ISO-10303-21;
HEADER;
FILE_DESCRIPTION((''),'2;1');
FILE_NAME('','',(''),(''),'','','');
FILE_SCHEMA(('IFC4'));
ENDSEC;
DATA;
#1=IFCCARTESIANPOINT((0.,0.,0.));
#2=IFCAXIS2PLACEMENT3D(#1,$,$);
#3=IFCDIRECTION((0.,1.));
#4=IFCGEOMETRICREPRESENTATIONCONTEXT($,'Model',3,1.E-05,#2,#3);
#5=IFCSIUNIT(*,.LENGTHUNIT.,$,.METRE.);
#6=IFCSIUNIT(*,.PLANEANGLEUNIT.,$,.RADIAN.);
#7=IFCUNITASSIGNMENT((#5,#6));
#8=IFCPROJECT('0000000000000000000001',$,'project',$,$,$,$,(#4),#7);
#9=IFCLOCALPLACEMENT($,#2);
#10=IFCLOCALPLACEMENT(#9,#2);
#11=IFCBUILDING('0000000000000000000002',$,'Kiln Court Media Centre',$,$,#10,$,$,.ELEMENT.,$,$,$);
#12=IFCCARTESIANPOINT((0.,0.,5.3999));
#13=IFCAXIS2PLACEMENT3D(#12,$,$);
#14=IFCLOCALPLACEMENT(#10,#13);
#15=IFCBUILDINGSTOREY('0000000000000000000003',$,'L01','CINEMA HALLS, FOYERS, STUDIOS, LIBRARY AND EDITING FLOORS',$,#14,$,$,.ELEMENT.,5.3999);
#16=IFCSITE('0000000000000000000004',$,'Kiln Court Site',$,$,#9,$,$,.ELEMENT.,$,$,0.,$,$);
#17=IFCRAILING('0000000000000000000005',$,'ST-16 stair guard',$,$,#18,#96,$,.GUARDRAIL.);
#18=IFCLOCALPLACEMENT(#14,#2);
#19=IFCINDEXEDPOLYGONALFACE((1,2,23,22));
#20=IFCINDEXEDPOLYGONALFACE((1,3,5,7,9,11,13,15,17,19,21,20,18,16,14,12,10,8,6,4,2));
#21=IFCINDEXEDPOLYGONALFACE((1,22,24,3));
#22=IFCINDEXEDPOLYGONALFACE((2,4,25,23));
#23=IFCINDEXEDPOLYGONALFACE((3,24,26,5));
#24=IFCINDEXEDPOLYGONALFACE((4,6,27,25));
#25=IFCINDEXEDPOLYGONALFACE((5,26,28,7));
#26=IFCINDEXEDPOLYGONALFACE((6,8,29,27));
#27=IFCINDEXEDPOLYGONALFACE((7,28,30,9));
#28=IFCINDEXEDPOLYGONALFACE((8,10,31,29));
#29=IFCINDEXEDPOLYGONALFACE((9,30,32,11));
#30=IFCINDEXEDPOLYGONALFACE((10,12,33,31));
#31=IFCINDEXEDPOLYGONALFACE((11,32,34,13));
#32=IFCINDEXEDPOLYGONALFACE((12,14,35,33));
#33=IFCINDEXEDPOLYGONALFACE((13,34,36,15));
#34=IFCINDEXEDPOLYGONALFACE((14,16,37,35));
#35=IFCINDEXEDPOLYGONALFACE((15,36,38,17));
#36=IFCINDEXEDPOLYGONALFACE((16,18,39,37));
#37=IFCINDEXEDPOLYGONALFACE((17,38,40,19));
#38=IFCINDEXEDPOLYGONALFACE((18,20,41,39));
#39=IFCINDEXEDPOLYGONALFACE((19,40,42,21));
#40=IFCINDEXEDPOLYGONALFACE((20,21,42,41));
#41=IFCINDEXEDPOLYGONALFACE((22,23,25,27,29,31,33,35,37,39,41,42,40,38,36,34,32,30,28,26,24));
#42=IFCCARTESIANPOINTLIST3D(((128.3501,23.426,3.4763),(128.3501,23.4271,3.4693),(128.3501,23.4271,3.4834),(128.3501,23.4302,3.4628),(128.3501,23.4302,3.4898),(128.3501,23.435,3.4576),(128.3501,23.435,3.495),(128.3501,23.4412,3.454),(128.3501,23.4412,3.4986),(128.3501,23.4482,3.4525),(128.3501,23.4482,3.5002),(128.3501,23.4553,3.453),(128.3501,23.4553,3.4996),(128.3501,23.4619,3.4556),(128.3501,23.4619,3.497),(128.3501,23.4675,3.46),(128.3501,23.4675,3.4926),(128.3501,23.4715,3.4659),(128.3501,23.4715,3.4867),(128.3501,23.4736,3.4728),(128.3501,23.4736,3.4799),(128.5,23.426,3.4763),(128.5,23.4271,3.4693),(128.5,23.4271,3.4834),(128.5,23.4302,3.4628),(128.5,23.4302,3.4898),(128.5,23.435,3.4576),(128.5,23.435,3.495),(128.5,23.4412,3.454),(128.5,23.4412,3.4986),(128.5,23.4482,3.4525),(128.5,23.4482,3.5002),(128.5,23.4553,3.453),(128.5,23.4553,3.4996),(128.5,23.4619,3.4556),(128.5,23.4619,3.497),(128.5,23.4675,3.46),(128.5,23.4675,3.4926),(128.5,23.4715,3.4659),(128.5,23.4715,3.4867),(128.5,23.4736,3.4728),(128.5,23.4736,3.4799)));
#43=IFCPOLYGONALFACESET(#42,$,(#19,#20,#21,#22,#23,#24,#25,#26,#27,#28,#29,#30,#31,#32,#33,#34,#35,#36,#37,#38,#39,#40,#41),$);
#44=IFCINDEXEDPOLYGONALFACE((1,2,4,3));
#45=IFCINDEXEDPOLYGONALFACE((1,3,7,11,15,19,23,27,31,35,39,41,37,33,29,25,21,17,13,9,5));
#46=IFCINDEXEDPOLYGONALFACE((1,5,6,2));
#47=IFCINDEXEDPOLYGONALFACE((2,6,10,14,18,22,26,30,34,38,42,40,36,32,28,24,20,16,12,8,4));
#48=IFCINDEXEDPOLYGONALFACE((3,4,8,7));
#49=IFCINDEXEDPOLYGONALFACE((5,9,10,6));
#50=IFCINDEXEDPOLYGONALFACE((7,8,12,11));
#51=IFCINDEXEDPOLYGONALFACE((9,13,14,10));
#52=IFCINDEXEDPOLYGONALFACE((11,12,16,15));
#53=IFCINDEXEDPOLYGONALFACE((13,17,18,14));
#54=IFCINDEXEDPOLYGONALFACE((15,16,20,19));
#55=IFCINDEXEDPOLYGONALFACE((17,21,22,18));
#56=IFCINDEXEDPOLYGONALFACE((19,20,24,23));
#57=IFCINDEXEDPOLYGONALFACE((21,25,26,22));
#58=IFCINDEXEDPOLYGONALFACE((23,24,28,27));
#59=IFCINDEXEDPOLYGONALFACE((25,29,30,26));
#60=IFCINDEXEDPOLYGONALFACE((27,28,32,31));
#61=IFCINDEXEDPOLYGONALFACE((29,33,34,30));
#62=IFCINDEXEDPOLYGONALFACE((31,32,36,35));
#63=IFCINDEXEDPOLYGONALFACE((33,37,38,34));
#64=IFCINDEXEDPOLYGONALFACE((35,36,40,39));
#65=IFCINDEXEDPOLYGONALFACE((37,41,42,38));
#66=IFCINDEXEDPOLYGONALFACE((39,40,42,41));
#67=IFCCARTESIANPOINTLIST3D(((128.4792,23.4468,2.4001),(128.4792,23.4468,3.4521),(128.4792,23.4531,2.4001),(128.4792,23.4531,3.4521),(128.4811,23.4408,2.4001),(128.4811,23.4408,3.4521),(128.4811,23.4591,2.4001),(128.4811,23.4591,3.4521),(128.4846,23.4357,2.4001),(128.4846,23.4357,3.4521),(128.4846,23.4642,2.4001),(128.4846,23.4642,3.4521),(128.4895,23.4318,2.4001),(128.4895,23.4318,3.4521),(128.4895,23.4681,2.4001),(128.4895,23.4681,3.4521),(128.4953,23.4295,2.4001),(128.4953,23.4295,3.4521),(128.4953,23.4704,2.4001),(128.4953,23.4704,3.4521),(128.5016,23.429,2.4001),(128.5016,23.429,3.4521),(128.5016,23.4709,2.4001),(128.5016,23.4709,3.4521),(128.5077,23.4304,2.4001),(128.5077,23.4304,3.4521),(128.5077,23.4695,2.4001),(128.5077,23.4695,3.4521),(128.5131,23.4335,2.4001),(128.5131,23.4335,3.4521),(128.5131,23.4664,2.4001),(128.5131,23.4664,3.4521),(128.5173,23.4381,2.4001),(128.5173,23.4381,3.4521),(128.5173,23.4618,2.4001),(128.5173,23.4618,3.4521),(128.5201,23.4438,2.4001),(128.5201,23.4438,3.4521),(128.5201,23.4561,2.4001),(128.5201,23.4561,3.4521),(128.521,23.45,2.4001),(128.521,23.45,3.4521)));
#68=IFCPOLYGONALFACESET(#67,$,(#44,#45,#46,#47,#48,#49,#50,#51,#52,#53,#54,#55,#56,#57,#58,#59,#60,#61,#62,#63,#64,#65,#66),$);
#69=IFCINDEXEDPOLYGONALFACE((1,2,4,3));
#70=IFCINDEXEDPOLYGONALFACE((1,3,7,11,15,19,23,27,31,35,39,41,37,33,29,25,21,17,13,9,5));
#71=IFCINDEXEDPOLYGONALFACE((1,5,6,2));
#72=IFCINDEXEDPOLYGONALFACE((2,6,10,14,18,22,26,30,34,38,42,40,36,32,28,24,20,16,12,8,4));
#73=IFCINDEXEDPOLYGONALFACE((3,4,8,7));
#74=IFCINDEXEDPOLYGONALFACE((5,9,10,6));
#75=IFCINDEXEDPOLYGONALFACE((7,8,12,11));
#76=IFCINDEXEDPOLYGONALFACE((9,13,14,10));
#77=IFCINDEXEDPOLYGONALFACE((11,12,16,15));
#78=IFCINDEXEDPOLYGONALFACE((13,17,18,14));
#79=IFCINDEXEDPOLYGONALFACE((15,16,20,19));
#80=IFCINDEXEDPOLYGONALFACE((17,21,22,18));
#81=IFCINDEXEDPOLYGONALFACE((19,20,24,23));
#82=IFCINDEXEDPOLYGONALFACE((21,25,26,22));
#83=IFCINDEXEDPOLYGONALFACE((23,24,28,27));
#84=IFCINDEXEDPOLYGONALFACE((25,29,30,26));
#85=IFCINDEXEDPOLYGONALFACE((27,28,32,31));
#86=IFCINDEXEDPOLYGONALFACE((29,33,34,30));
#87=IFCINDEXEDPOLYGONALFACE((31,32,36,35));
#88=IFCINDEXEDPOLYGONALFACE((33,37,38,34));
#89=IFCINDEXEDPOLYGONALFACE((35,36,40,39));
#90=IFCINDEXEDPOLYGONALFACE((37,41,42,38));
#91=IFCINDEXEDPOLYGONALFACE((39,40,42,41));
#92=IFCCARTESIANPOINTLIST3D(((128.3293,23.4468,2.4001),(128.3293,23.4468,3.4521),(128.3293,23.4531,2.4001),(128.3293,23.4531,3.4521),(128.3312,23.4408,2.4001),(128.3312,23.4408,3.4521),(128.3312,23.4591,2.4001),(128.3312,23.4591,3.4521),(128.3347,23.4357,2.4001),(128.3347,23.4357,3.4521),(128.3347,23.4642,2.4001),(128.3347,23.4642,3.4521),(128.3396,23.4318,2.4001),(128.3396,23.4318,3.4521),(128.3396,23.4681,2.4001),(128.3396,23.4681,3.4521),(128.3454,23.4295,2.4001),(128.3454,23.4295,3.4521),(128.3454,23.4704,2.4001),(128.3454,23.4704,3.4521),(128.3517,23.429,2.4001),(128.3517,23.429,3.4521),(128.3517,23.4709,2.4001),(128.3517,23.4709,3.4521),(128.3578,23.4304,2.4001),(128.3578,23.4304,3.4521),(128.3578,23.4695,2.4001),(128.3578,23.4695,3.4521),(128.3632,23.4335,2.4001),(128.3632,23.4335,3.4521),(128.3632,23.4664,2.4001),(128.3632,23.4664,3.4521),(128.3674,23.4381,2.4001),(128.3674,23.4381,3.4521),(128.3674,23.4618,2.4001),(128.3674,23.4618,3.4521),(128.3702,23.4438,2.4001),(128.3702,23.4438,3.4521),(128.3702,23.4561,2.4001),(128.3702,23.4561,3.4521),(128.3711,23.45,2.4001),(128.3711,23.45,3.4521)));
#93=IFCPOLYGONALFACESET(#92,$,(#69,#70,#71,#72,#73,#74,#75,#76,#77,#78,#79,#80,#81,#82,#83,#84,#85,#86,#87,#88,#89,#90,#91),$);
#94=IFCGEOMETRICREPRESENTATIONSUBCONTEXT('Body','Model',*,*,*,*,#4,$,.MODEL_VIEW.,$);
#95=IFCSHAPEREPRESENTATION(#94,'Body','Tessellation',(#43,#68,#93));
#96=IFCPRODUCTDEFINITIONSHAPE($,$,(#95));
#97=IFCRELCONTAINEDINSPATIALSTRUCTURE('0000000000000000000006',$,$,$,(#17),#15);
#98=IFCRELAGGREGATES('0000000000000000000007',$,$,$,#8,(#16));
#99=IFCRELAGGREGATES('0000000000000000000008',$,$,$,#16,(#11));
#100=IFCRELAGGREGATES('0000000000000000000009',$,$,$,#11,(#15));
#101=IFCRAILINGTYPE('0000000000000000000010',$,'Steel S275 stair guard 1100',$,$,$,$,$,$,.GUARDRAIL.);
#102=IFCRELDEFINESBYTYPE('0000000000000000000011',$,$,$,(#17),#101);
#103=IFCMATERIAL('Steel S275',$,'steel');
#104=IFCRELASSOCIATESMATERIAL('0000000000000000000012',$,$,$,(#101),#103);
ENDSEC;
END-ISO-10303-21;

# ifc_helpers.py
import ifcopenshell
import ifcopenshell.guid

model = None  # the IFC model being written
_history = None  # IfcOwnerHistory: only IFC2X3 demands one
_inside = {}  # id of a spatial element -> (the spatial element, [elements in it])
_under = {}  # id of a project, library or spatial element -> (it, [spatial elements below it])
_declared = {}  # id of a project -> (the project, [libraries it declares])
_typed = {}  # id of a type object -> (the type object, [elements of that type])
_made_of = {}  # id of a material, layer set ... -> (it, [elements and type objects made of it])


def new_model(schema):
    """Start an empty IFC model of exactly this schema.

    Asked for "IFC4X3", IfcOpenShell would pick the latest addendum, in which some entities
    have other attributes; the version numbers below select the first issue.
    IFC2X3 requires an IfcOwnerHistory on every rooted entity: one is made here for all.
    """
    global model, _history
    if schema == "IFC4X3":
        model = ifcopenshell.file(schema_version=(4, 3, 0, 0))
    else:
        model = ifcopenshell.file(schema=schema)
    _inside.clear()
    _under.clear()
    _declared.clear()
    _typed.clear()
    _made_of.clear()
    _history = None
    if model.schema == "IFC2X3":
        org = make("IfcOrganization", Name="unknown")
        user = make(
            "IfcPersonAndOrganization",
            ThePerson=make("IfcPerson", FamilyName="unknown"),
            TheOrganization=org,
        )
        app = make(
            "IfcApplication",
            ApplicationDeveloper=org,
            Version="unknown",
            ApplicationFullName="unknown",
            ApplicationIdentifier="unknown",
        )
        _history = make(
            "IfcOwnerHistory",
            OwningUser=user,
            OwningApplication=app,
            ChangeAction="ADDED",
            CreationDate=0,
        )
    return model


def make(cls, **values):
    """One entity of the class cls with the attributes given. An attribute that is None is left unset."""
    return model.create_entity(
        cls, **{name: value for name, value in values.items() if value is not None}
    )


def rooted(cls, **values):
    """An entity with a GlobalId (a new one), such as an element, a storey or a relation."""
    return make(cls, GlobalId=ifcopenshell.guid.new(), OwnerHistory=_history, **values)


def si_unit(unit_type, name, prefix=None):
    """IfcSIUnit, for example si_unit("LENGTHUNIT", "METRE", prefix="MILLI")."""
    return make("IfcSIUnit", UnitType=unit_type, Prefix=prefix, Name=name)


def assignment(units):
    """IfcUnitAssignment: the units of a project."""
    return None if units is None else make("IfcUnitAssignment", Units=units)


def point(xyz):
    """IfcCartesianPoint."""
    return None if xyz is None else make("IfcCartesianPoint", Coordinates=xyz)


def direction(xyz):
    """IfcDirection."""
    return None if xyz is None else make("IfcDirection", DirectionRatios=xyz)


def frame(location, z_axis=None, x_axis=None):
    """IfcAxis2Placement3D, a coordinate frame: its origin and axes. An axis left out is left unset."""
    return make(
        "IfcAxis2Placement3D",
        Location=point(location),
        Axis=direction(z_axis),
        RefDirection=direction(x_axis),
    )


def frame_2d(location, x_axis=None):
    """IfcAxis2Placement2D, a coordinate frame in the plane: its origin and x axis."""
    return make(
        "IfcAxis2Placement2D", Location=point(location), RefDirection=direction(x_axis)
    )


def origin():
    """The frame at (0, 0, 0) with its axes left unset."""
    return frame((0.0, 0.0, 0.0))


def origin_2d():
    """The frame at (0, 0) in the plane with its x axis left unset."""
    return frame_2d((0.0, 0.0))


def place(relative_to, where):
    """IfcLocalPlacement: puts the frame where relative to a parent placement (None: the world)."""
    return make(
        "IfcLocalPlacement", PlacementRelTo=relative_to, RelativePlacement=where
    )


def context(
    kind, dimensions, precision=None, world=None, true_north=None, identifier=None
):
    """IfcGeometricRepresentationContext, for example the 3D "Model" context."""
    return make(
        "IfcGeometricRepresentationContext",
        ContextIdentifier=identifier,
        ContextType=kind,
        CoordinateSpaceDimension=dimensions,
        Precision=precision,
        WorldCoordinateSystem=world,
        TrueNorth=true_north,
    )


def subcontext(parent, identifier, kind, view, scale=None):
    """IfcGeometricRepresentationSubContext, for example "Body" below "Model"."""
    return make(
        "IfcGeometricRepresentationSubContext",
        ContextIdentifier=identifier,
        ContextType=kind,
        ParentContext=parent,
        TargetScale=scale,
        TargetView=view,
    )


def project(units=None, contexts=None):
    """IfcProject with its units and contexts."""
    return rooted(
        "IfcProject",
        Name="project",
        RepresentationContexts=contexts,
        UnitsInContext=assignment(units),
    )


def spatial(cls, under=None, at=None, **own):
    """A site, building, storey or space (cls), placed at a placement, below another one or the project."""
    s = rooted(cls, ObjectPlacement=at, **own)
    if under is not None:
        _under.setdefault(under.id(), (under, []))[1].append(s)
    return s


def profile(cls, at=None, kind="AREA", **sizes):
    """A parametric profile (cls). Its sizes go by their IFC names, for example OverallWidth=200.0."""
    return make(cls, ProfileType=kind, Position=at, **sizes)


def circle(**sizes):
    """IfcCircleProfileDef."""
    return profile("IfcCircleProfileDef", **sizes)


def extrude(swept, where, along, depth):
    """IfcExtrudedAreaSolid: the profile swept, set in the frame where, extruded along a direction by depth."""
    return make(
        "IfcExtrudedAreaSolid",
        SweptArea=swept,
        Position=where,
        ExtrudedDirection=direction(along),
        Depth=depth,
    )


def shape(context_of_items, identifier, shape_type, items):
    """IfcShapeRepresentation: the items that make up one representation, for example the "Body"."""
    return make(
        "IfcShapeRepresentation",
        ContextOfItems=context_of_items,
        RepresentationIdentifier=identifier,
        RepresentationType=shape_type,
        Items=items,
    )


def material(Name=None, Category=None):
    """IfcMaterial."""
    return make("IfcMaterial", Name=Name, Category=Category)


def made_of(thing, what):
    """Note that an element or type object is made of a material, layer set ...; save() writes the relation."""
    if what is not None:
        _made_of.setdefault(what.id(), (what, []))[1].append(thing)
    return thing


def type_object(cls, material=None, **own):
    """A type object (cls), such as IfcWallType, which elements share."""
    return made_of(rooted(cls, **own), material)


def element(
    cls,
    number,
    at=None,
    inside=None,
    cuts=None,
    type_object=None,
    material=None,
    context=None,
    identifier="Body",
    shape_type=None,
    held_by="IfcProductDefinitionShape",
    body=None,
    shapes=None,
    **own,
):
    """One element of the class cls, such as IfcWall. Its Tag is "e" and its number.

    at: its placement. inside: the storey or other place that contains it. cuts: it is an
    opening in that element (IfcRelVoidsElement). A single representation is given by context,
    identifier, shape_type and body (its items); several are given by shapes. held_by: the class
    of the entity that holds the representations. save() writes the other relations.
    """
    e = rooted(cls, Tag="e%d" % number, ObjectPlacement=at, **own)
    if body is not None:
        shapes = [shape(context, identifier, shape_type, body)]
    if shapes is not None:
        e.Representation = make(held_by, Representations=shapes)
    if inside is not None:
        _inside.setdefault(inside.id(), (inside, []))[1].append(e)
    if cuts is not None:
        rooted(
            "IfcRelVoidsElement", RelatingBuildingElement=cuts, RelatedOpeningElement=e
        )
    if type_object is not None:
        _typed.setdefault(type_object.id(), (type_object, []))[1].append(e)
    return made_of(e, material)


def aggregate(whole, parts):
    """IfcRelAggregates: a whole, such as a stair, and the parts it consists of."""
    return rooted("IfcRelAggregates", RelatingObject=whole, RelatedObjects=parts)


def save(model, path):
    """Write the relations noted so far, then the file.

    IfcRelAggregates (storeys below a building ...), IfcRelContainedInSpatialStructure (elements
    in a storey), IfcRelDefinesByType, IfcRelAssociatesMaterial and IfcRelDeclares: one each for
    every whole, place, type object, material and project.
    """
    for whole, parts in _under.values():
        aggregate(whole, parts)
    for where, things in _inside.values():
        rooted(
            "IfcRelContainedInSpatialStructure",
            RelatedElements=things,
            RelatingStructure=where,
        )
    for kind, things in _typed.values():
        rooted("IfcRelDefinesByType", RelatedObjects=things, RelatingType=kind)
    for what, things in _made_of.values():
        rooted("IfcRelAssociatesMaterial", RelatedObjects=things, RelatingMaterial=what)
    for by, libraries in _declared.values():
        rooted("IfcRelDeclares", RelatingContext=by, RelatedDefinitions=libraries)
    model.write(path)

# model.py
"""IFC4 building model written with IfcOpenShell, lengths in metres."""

from ifc_helpers import new_model, si_unit, direction, frame, origin, origin_2d, place, context, subcontext, project, spatial, circle, extrude, material, type_object, element, save


model = new_model("IFC4")

# Units and contexts
model_context = context("Model", 3, precision=1e-05, world=origin(), true_north=direction((0.0, 1.0)))
body_context = subcontext(model_context, "Body", "Model", "MODEL_VIEW")
ifc_project = project(units=[si_unit("LENGTHUNIT", "METRE"), si_unit("PLANEANGLEUNIT", "RADIAN")], contexts=[model_context])

# Site, building, storey
site_placement = place(None, origin())
site = spatial("IfcSite", under=ifc_project, at=site_placement, Name="Kiln Court Site", CompositionType="ELEMENT", RefElevation=0.0)
building_placement = place(site_placement, origin())
building = spatial("IfcBuilding", under=site, at=building_placement, Name="Kiln Court Media Centre", CompositionType="ELEMENT")
storey_placement = place(building_placement, frame((0.0, 0.0, 5.3999)))
storey = spatial("IfcBuildingStorey", under=building, at=storey_placement, Name="L01", Description="CINEMA HALLS, FOYERS, STUDIOS, LIBRARY AND EDITING FLOORS", CompositionType="ELEMENT", Elevation=5.3999)

# Railing
ifc_material_1 = material(Name="Steel S275", Category="steel")
railing_type_1 = type_object("IfcRailingType", Name="Steel S275 stair guard 1100", PredefinedType="GUARDRAIL", material=ifc_material_1)
railing_1_placement = place(storey_placement, frame((128.5, 23.45, 2.4001)))
element("IfcRailing", 1, at=railing_1_placement, inside=storey, type_object=railing_type_1, Name="ST-16 stair guard", PredefinedType="GUARDRAIL", context=body_context, shape_type="SweptSolid", body=[
    extrude(circle(Radius=0.0239, at=origin_2d()), frame((0.0, 0.0, 1.0762), z_axis=(-1.0, 0.0, 0.0), x_axis=(0.0, -1.0, 0.0)), (0.0, 0.0, 1.0), 0.1499),
    extrude(circle(Radius=0.021, at=origin_2d()), origin(), (0.0, 0.0, 1.0), 1.052),
    extrude(circle(Radius=0.021, at=origin_2d()), frame((-0.1499, 0.0, 0.0)), (0.0, 0.0, 1.0), 1.052),
])

save(model, "model.ifc")
